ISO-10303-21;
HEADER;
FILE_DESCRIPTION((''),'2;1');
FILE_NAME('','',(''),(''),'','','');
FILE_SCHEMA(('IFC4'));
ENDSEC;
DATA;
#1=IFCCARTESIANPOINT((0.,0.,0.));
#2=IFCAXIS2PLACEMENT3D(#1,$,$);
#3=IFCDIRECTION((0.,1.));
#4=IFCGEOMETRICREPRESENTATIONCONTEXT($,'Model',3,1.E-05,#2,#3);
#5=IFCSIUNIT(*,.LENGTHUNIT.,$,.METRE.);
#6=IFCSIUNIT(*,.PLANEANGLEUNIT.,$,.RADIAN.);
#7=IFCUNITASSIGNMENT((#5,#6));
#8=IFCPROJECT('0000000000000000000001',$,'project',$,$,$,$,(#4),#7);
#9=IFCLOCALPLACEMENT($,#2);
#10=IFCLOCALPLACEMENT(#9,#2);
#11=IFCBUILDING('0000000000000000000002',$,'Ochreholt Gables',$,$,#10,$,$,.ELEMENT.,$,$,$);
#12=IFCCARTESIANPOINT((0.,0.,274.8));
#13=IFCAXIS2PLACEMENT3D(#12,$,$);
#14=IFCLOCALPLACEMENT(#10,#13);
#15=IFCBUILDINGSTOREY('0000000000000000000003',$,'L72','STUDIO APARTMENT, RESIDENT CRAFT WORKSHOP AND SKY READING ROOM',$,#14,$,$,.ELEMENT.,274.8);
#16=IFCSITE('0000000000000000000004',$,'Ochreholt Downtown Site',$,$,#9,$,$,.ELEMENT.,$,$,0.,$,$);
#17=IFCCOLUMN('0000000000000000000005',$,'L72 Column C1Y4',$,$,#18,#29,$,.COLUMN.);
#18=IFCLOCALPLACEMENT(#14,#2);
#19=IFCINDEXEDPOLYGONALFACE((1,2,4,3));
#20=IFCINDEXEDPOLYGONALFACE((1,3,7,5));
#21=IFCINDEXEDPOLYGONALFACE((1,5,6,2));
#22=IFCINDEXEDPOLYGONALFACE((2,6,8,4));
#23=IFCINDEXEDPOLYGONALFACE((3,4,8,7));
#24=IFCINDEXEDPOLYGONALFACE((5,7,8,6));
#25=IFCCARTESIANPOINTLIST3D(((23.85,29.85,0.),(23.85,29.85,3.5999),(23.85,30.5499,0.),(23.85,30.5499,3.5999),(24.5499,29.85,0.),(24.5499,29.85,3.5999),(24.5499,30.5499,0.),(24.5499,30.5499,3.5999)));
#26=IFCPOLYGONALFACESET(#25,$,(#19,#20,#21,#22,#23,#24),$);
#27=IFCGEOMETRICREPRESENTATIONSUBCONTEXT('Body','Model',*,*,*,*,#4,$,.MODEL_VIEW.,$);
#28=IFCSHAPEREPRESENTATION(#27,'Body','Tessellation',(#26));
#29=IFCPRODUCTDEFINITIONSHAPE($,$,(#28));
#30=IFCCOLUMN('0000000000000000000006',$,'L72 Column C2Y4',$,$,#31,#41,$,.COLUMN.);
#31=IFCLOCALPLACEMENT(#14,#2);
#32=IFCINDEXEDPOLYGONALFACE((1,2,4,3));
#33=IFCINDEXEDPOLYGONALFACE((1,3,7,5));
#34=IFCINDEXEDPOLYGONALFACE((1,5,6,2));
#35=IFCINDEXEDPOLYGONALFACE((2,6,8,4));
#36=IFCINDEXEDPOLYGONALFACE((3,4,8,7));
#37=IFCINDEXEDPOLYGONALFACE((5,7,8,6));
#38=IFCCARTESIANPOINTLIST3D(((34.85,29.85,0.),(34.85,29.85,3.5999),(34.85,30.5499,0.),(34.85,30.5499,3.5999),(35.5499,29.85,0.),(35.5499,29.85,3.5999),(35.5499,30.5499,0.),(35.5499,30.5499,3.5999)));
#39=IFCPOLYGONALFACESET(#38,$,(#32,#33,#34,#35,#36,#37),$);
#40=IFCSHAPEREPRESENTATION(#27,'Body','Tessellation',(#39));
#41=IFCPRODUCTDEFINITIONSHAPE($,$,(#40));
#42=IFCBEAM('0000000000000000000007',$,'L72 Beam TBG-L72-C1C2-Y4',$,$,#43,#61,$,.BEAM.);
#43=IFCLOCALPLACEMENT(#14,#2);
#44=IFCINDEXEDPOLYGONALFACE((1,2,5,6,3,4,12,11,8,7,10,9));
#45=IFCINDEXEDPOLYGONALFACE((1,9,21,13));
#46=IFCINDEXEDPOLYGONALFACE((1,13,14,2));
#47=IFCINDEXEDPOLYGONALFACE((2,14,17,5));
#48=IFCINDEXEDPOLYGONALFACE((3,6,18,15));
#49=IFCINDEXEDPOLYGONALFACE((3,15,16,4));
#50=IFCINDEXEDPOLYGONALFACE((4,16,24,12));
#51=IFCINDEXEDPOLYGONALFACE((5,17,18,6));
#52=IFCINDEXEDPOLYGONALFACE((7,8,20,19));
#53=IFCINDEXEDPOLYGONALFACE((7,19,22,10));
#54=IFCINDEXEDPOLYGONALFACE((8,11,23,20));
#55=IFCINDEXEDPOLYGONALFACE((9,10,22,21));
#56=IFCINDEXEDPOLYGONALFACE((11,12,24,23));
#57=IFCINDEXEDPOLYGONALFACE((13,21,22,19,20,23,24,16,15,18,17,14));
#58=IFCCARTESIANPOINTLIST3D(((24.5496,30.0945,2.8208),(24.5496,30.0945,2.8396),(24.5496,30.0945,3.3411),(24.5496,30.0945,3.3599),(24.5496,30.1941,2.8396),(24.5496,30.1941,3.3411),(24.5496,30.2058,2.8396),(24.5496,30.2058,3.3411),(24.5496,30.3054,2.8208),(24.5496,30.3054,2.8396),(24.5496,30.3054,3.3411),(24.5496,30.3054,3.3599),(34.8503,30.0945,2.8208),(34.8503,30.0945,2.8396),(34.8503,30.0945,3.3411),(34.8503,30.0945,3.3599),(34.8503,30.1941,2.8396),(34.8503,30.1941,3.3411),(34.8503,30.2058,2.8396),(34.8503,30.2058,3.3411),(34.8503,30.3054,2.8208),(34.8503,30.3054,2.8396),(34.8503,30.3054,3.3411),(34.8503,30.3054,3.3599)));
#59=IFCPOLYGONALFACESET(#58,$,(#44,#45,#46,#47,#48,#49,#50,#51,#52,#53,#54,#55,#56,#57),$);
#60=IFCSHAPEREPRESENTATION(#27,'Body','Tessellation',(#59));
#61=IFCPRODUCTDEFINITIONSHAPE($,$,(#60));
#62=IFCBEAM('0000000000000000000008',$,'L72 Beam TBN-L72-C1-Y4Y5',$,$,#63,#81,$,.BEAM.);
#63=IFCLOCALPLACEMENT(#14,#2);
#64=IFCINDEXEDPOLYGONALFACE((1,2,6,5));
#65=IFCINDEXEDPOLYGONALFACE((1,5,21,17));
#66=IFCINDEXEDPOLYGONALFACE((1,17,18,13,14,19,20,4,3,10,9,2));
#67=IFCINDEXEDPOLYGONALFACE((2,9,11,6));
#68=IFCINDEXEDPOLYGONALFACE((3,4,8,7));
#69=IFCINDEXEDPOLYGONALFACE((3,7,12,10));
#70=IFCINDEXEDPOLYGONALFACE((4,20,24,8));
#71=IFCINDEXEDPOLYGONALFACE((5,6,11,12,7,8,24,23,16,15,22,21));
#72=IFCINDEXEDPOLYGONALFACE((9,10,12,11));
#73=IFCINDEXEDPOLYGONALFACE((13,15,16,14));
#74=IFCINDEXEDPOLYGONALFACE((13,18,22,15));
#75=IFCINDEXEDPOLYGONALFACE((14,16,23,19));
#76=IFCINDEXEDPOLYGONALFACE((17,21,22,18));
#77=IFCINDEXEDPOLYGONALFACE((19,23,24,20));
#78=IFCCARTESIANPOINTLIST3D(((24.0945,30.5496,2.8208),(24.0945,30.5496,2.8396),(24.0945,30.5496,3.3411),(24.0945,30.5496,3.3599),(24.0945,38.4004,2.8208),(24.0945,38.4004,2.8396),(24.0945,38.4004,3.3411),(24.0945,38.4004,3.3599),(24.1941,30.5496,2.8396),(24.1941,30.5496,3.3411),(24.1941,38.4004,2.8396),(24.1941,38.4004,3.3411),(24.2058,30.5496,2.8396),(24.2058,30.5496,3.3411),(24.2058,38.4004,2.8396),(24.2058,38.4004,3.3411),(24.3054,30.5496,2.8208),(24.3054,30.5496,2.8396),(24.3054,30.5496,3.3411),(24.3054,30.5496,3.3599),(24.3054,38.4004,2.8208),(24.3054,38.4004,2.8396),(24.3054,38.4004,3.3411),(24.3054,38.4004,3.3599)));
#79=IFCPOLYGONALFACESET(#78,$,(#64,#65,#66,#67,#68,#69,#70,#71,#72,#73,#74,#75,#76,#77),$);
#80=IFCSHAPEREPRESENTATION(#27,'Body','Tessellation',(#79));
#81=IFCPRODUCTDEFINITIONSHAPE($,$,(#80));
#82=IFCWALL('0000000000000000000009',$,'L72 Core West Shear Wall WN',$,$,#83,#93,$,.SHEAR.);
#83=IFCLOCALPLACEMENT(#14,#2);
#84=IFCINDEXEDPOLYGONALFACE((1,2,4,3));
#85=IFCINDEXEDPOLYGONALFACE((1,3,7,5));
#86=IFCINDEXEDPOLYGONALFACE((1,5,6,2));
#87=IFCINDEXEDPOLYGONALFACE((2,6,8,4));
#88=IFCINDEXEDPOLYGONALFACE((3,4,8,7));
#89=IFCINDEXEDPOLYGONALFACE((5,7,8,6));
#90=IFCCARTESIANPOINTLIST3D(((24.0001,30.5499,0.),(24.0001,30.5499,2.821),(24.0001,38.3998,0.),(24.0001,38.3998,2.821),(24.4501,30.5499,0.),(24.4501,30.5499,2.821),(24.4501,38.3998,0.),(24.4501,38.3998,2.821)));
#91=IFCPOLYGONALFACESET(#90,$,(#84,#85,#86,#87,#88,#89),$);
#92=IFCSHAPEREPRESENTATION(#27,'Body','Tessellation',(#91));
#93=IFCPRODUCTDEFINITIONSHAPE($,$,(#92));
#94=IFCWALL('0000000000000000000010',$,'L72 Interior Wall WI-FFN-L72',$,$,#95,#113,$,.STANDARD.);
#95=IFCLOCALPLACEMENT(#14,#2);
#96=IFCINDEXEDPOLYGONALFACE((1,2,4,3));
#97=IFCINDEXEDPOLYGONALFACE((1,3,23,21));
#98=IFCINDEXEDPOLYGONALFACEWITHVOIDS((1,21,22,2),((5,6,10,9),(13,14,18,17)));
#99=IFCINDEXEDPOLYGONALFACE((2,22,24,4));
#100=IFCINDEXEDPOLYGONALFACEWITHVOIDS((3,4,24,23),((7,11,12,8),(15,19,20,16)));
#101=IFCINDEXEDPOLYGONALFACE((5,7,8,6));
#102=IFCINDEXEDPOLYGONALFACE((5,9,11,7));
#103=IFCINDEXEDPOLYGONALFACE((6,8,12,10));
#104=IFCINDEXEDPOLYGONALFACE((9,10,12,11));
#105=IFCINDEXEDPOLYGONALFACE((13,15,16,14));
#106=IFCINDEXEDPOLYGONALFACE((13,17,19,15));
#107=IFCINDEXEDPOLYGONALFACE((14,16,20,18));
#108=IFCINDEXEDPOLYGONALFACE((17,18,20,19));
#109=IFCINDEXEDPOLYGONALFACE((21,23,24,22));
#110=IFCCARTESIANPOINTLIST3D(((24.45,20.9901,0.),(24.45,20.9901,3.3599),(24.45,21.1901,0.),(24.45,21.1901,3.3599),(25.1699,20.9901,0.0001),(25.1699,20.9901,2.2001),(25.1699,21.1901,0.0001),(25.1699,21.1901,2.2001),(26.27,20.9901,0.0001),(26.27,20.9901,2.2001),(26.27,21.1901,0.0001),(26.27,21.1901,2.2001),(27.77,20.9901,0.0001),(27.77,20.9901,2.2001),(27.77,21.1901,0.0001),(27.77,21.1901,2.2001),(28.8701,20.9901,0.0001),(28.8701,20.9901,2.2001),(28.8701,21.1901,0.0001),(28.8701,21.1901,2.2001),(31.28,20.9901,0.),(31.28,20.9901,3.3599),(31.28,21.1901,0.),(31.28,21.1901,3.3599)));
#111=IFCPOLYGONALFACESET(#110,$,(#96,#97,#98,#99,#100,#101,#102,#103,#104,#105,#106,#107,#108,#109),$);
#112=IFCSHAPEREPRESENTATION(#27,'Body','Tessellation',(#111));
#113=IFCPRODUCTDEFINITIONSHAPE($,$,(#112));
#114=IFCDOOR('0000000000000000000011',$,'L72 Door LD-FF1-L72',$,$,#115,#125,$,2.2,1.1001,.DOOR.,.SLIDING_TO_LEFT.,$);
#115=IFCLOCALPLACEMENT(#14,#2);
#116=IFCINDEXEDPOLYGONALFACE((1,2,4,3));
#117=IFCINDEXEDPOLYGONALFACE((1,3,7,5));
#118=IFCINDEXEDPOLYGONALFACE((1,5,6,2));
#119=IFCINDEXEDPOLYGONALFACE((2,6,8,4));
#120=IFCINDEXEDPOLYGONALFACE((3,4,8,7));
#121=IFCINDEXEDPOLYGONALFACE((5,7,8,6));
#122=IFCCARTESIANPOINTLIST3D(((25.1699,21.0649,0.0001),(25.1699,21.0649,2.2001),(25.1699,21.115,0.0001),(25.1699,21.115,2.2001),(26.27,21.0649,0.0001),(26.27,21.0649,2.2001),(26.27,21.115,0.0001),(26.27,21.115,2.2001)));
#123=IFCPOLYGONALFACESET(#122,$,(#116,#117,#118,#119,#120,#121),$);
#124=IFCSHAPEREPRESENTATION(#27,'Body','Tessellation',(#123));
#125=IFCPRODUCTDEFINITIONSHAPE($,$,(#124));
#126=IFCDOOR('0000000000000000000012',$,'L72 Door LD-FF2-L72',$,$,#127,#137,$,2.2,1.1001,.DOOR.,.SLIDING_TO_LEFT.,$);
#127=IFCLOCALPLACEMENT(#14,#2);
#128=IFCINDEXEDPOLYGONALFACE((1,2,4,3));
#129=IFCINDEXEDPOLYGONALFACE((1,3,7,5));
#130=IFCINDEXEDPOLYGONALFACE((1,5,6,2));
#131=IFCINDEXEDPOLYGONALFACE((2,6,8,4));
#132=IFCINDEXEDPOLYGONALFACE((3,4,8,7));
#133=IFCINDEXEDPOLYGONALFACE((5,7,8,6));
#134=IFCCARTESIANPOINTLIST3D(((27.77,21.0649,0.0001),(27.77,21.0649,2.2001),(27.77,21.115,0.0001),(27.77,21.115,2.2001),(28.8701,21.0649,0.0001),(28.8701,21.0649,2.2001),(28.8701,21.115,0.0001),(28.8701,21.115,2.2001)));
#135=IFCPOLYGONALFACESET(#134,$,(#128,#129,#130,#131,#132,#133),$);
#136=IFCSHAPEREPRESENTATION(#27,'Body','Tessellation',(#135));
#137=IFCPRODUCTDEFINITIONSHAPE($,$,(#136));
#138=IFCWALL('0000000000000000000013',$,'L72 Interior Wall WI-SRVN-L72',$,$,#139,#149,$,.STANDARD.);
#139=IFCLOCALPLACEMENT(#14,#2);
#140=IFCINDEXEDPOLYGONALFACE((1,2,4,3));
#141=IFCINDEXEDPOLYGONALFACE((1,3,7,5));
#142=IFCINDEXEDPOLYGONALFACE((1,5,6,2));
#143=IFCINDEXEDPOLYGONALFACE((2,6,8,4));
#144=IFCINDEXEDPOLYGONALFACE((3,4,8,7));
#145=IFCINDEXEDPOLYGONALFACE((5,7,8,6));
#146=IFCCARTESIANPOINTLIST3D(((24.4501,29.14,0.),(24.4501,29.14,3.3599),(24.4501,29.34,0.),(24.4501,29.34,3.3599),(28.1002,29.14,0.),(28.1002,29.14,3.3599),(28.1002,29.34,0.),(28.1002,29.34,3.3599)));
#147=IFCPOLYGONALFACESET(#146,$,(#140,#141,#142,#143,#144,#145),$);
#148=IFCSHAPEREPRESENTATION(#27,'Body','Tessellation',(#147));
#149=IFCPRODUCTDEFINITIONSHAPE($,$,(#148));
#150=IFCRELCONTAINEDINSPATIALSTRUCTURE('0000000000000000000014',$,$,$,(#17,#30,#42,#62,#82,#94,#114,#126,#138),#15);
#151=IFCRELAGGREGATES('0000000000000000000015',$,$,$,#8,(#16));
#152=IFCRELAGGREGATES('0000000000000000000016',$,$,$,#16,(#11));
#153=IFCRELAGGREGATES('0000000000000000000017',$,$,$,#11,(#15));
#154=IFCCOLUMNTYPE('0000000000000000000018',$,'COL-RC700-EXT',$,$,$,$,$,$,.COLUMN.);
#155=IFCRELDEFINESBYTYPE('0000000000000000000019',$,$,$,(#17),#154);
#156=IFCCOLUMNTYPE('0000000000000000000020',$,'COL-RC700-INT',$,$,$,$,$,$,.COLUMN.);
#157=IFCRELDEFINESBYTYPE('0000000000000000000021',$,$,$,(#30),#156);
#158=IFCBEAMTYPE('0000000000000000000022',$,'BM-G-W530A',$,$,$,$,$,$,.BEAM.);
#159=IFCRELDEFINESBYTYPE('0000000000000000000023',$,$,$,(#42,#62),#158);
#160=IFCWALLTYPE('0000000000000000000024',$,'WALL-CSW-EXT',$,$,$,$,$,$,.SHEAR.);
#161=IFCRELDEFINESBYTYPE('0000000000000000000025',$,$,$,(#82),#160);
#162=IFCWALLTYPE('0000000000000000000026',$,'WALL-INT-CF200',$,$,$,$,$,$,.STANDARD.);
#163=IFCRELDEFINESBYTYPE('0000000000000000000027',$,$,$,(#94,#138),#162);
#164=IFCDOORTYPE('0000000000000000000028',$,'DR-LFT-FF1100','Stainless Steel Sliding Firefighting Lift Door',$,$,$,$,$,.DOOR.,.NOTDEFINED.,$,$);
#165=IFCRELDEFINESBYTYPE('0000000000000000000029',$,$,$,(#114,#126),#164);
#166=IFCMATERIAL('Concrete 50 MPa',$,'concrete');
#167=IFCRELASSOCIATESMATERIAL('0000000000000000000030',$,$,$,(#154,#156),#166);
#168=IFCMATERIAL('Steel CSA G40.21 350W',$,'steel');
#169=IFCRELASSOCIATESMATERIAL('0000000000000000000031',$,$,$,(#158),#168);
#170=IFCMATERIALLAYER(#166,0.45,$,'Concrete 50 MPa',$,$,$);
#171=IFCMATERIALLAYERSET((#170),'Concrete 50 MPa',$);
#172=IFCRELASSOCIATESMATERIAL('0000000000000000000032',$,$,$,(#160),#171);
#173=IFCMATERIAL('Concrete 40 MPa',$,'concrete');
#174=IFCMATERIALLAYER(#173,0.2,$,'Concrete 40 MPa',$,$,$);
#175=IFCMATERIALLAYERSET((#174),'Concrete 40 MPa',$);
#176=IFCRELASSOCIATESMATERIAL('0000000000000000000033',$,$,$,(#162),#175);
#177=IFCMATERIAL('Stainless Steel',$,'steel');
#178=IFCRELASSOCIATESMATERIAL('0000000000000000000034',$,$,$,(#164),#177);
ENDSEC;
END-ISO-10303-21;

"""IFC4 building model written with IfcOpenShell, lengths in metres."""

from ifc_helpers import new_model, si_unit, direction, frame, frame_2d, origin, origin_2d, place, context, subcontext, project, spatial, rectangle, i_section, extrude, material, layer, layer_set, material_profile, profile_set, type_object, element, fill, save


model = new_model("IFC4")

# Units and contexts
model_context = context("Model", 3, precision=1e-05, world=origin(), true_north=direction((0.0, 1.0)))
body_context = subcontext(model_context, "Body", "Model", "MODEL_VIEW")
ifc_project = project(units=[si_unit("LENGTHUNIT", "METRE"), si_unit("PLANEANGLEUNIT", "RADIAN")], contexts=[model_context])

# Site, building, storey
site_placement = place(None, origin())
site = spatial("IfcSite", under=ifc_project, at=site_placement, Name="Ochreholt Downtown Site", CompositionType="ELEMENT", RefElevation=0.0)
building_placement = place(site_placement, origin())
building = spatial("IfcBuilding", under=site, at=building_placement, Name="Ochreholt Gables", CompositionType="ELEMENT")
storey_placement = place(building_placement, frame((0.0, 0.0, 274.8)))
storey = spatial("IfcBuildingStorey", under=building, at=storey_placement, Name="L72", Description="STUDIO APARTMENT, RESIDENT CRAFT WORKSHOP AND SKY READING ROOM", CompositionType="ELEMENT", Elevation=274.8)

# Columns
ifc_material_1 = material(Name="Concrete 50 MPa", Category="concrete")
ifc_material_profile_1 = material_profile(ifc_material_1, rectangle(XDim=0.7, YDim=0.7, at=origin_2d()), Name="RC700X700")
ifc_profile_set_1 = profile_set([ifc_material_profile_1], Name="Concrete 50 MPa")
column_type_1 = type_object("IfcColumnType", Name="COL-RC700-EXT", PredefinedType="COLUMN", material=ifc_profile_set_1)
column_1_placement = place(storey_placement, frame((24.2, 30.2, 0.0), z_axis=(0.0, 0.0, 1.0), x_axis=(1.0, 0.0, 0.0)))
element("IfcColumn", 1, at=column_1_placement, inside=storey, type_object=column_type_1, Name="L72 Column C1Y4", PredefinedType="COLUMN", context=body_context, shape_type="SweptSolid", body=[
    extrude(rectangle(XDim=0.7, YDim=0.7, at=origin_2d()), origin(), (0.0, 0.0, 1.0), 3.5999),
])
ifc_material_profile_2 = material_profile(ifc_material_1, rectangle(XDim=0.7, YDim=0.7, at=origin_2d()), Name="RC700X700")
ifc_profile_set_2 = profile_set([ifc_material_profile_2], Name="Concrete 50 MPa")
column_type_2 = type_object("IfcColumnType", Name="COL-RC700-INT", PredefinedType="COLUMN", material=ifc_profile_set_2)
column_2_placement = place(storey_placement, frame((35.2, 30.2, 0.0), z_axis=(0.0, 0.0, 1.0), x_axis=(1.0, 0.0, 0.0)))
element("IfcColumn", 2, at=column_2_placement, inside=storey, type_object=column_type_2, Name="L72 Column C2Y4", PredefinedType="COLUMN", context=body_context, shape_type="SweptSolid", body=[
    extrude(rectangle(XDim=0.7, YDim=0.7, at=origin_2d()), origin(), (0.0, 0.0, 1.0), 3.5999),
])

# Beams
ifc_material_2 = material(Name="Steel CSA G40.21 350W", Category="steel")
ifc_material_profile_3 = material_profile(ifc_material_2, i_section(OverallWidth=0.2109, OverallDepth=0.5391, WebThickness=0.0117, FlangeThickness=0.0188, at=origin_2d()), Name="W530X109")
ifc_profile_set_3 = profile_set([ifc_material_profile_3], Name="Steel CSA G40.21 350W")
beam_type = type_object("IfcBeamType", Name="BM-G-W530A", PredefinedType="BEAM", material=ifc_profile_set_3)
beam_1_placement = place(storey_placement, frame((24.5496, 30.2, 3.0903), z_axis=(1.0, 0.0, 0.0), x_axis=(0.0, 1.0, 0.0)))
element("IfcBeam", 3, at=beam_1_placement, inside=storey, type_object=beam_type, Name="L72 Beam TBG-L72-C1C2-Y4", PredefinedType="BEAM", context=body_context, shape_type="SweptSolid", body=[
    extrude(i_section(OverallWidth=0.2109, OverallDepth=0.5391, WebThickness=0.0117, FlangeThickness=0.0188, at=origin_2d()), origin(), (0.0, 0.0, 1.0), 10.3008),
])
beam_2_placement = place(storey_placement, frame((24.2, 30.5496, 3.0903), z_axis=(0.0, 1.0, 0.0), x_axis=(-1.0, 0.0, 0.0)))
element("IfcBeam", 4, at=beam_2_placement, inside=storey, type_object=beam_type, Name="L72 Beam TBN-L72-C1-Y4Y5", PredefinedType="BEAM", context=body_context, shape_type="SweptSolid", body=[
    extrude(i_section(OverallWidth=0.2109, OverallDepth=0.5391, WebThickness=0.0117, FlangeThickness=0.0188, at=origin_2d()), origin(), (0.0, 0.0, 1.0), 7.8508),
])

# Wall
ifc_layer_1 = layer(ifc_material_1, 0.45, Name="Concrete 50 MPa")
ifc_layer_set_1 = layer_set([ifc_layer_1], Name="Concrete 50 MPa")
wall_type_1 = type_object("IfcWallType", Name="WALL-CSW-EXT", PredefinedType="SHEAR", material=ifc_layer_set_1)
wall_1_placement = place(storey_placement, frame((24.2251, 30.55, 0.0), z_axis=(0.0, 0.0, 1.0), x_axis=(0.0, 1.0, 0.0)))
element("IfcWall", 5, at=wall_1_placement, inside=storey, type_object=wall_type_1, Name="L72 Core West Shear Wall WN", PredefinedType="SHEAR", context=body_context, shape_type="SweptSolid", body=[
    extrude(rectangle(XDim=7.8499, YDim=0.45, at=frame_2d((3.9248, 0.0))), origin(), (0.0, 0.0, 1.0), 2.821),
])

# Wall, openings, doors
ifc_material_3 = material(Name="Concrete 40 MPa", Category="concrete")
ifc_layer_2 = layer(ifc_material_3, 0.2, Name="Concrete 40 MPa")
ifc_layer_set_2 = layer_set([ifc_layer_2], Name="Concrete 40 MPa")
wall_type_2 = type_object("IfcWallType", Name="WALL-INT-CF200", PredefinedType="STANDARD", material=ifc_layer_set_2)
wall_2_placement = place(storey_placement, frame((24.45, 21.0901, 0.0), z_axis=(0.0, 0.0, 1.0), x_axis=(1.0, 0.0, 0.0)))
wall_2 = element("IfcWall", 6, at=wall_2_placement, inside=storey, type_object=wall_type_2, Name="L72 Interior Wall WI-FFN-L72", PredefinedType="STANDARD", context=body_context, shape_type="SweptSolid", body=[
    extrude(rectangle(XDim=6.8301, YDim=0.2, at=frame_2d((3.415, 0.0))), origin(), (0.0, 0.0, 1.0), 3.3599),
])
opening_1_placement = place(wall_2_placement, frame((0.72, 0.0, 0.0)))
opening_1 = element("IfcOpeningElement", 7, at=opening_1_placement, cuts=wall_2, PredefinedType="OPENING", context=body_context, shape_type="SweptSolid", body=[
    extrude(rectangle(XDim=1.1001, YDim=2.2, at=frame_2d((0.55, 1.1001))), frame((0.0, 0.1099, 0.0), z_axis=(0.0, -1.0, 0.0), x_axis=(1.0, 0.0, 0.0)), (0.0, 0.0, 1.0), 0.22),
])
opening_2_placement = place(wall_2_placement, frame((3.3201, 0.0, 0.0)))
opening_2 = element("IfcOpeningElement", 8, at=opening_2_placement, cuts=wall_2, PredefinedType="OPENING", context=body_context, shape_type="SweptSolid", body=[
    extrude(rectangle(XDim=1.1001, YDim=2.2, at=frame_2d((0.55, 1.1001))), frame((0.0, 0.1099, 0.0), z_axis=(0.0, -1.0, 0.0), x_axis=(1.0, 0.0, 0.0)), (0.0, 0.0, 1.0), 0.22),
])
ifc_material_4 = material(Name="Stainless Steel", Category="steel")
door_type_1 = type_object("IfcDoorType", Name="DR-LFT-FF1100", Description="Stainless Steel Sliding Firefighting Lift Door", OperationType="NOTDEFINED", PredefinedType="DOOR", material=ifc_material_4)
door_1_placement = place(opening_1_placement, origin())
door_1 = element("IfcDoor", 9, at=door_1_placement, inside=storey, type_object=door_type_1, Name="L72 Door LD-FF1-L72", OperationType="SLIDING_TO_LEFT", OverallHeight=2.2, OverallWidth=1.1001, PredefinedType="DOOR", context=body_context, shape_type="SweptSolid", body=[
    extrude(rectangle(XDim=1.1001, YDim=2.2, at=frame_2d((0.55, 1.1001))), frame((0.0, 0.0249, 0.0), z_axis=(0.0, -1.0, 0.0), x_axis=(1.0, 0.0, 0.0)), (0.0, 0.0, 1.0), 0.05),
])
fill(opening_1, door_1)
door_2_placement = place(opening_2_placement, origin())
door_2 = element("IfcDoor", 10, at=door_2_placement, inside=storey, type_object=door_type_1, Name="L72 Door LD-FF2-L72", OperationType="SLIDING_TO_LEFT", OverallHeight=2.2, OverallWidth=1.1001, PredefinedType="DOOR", context=body_context, shape_type="SweptSolid", body=[
    extrude(rectangle(XDim=1.1001, YDim=2.2, at=frame_2d((0.55, 1.1001))), frame((0.0, 0.0249, 0.0), z_axis=(0.0, -1.0, 0.0), x_axis=(1.0, 0.0, 0.0)), (0.0, 0.0, 1.0), 0.05),
])
fill(opening_2, door_2)

# Wall
wall_3_placement = place(storey_placement, frame((24.45, 29.24, 0.0), z_axis=(0.0, 0.0, 1.0), x_axis=(1.0, 0.0, 0.0)))
element("IfcWall", 11, at=wall_3_placement, inside=storey, type_object=wall_type_2, Name="L72 Interior Wall WI-SRVN-L72", PredefinedType="STANDARD", context=body_context, shape_type="SweptSolid", body=[
    extrude(rectangle(XDim=3.6501, YDim=0.2, at=frame_2d((1.8252, 0.0))), origin(), (0.0, 0.0, 1.0), 3.3599),
])

save(model, "model.ifc")
